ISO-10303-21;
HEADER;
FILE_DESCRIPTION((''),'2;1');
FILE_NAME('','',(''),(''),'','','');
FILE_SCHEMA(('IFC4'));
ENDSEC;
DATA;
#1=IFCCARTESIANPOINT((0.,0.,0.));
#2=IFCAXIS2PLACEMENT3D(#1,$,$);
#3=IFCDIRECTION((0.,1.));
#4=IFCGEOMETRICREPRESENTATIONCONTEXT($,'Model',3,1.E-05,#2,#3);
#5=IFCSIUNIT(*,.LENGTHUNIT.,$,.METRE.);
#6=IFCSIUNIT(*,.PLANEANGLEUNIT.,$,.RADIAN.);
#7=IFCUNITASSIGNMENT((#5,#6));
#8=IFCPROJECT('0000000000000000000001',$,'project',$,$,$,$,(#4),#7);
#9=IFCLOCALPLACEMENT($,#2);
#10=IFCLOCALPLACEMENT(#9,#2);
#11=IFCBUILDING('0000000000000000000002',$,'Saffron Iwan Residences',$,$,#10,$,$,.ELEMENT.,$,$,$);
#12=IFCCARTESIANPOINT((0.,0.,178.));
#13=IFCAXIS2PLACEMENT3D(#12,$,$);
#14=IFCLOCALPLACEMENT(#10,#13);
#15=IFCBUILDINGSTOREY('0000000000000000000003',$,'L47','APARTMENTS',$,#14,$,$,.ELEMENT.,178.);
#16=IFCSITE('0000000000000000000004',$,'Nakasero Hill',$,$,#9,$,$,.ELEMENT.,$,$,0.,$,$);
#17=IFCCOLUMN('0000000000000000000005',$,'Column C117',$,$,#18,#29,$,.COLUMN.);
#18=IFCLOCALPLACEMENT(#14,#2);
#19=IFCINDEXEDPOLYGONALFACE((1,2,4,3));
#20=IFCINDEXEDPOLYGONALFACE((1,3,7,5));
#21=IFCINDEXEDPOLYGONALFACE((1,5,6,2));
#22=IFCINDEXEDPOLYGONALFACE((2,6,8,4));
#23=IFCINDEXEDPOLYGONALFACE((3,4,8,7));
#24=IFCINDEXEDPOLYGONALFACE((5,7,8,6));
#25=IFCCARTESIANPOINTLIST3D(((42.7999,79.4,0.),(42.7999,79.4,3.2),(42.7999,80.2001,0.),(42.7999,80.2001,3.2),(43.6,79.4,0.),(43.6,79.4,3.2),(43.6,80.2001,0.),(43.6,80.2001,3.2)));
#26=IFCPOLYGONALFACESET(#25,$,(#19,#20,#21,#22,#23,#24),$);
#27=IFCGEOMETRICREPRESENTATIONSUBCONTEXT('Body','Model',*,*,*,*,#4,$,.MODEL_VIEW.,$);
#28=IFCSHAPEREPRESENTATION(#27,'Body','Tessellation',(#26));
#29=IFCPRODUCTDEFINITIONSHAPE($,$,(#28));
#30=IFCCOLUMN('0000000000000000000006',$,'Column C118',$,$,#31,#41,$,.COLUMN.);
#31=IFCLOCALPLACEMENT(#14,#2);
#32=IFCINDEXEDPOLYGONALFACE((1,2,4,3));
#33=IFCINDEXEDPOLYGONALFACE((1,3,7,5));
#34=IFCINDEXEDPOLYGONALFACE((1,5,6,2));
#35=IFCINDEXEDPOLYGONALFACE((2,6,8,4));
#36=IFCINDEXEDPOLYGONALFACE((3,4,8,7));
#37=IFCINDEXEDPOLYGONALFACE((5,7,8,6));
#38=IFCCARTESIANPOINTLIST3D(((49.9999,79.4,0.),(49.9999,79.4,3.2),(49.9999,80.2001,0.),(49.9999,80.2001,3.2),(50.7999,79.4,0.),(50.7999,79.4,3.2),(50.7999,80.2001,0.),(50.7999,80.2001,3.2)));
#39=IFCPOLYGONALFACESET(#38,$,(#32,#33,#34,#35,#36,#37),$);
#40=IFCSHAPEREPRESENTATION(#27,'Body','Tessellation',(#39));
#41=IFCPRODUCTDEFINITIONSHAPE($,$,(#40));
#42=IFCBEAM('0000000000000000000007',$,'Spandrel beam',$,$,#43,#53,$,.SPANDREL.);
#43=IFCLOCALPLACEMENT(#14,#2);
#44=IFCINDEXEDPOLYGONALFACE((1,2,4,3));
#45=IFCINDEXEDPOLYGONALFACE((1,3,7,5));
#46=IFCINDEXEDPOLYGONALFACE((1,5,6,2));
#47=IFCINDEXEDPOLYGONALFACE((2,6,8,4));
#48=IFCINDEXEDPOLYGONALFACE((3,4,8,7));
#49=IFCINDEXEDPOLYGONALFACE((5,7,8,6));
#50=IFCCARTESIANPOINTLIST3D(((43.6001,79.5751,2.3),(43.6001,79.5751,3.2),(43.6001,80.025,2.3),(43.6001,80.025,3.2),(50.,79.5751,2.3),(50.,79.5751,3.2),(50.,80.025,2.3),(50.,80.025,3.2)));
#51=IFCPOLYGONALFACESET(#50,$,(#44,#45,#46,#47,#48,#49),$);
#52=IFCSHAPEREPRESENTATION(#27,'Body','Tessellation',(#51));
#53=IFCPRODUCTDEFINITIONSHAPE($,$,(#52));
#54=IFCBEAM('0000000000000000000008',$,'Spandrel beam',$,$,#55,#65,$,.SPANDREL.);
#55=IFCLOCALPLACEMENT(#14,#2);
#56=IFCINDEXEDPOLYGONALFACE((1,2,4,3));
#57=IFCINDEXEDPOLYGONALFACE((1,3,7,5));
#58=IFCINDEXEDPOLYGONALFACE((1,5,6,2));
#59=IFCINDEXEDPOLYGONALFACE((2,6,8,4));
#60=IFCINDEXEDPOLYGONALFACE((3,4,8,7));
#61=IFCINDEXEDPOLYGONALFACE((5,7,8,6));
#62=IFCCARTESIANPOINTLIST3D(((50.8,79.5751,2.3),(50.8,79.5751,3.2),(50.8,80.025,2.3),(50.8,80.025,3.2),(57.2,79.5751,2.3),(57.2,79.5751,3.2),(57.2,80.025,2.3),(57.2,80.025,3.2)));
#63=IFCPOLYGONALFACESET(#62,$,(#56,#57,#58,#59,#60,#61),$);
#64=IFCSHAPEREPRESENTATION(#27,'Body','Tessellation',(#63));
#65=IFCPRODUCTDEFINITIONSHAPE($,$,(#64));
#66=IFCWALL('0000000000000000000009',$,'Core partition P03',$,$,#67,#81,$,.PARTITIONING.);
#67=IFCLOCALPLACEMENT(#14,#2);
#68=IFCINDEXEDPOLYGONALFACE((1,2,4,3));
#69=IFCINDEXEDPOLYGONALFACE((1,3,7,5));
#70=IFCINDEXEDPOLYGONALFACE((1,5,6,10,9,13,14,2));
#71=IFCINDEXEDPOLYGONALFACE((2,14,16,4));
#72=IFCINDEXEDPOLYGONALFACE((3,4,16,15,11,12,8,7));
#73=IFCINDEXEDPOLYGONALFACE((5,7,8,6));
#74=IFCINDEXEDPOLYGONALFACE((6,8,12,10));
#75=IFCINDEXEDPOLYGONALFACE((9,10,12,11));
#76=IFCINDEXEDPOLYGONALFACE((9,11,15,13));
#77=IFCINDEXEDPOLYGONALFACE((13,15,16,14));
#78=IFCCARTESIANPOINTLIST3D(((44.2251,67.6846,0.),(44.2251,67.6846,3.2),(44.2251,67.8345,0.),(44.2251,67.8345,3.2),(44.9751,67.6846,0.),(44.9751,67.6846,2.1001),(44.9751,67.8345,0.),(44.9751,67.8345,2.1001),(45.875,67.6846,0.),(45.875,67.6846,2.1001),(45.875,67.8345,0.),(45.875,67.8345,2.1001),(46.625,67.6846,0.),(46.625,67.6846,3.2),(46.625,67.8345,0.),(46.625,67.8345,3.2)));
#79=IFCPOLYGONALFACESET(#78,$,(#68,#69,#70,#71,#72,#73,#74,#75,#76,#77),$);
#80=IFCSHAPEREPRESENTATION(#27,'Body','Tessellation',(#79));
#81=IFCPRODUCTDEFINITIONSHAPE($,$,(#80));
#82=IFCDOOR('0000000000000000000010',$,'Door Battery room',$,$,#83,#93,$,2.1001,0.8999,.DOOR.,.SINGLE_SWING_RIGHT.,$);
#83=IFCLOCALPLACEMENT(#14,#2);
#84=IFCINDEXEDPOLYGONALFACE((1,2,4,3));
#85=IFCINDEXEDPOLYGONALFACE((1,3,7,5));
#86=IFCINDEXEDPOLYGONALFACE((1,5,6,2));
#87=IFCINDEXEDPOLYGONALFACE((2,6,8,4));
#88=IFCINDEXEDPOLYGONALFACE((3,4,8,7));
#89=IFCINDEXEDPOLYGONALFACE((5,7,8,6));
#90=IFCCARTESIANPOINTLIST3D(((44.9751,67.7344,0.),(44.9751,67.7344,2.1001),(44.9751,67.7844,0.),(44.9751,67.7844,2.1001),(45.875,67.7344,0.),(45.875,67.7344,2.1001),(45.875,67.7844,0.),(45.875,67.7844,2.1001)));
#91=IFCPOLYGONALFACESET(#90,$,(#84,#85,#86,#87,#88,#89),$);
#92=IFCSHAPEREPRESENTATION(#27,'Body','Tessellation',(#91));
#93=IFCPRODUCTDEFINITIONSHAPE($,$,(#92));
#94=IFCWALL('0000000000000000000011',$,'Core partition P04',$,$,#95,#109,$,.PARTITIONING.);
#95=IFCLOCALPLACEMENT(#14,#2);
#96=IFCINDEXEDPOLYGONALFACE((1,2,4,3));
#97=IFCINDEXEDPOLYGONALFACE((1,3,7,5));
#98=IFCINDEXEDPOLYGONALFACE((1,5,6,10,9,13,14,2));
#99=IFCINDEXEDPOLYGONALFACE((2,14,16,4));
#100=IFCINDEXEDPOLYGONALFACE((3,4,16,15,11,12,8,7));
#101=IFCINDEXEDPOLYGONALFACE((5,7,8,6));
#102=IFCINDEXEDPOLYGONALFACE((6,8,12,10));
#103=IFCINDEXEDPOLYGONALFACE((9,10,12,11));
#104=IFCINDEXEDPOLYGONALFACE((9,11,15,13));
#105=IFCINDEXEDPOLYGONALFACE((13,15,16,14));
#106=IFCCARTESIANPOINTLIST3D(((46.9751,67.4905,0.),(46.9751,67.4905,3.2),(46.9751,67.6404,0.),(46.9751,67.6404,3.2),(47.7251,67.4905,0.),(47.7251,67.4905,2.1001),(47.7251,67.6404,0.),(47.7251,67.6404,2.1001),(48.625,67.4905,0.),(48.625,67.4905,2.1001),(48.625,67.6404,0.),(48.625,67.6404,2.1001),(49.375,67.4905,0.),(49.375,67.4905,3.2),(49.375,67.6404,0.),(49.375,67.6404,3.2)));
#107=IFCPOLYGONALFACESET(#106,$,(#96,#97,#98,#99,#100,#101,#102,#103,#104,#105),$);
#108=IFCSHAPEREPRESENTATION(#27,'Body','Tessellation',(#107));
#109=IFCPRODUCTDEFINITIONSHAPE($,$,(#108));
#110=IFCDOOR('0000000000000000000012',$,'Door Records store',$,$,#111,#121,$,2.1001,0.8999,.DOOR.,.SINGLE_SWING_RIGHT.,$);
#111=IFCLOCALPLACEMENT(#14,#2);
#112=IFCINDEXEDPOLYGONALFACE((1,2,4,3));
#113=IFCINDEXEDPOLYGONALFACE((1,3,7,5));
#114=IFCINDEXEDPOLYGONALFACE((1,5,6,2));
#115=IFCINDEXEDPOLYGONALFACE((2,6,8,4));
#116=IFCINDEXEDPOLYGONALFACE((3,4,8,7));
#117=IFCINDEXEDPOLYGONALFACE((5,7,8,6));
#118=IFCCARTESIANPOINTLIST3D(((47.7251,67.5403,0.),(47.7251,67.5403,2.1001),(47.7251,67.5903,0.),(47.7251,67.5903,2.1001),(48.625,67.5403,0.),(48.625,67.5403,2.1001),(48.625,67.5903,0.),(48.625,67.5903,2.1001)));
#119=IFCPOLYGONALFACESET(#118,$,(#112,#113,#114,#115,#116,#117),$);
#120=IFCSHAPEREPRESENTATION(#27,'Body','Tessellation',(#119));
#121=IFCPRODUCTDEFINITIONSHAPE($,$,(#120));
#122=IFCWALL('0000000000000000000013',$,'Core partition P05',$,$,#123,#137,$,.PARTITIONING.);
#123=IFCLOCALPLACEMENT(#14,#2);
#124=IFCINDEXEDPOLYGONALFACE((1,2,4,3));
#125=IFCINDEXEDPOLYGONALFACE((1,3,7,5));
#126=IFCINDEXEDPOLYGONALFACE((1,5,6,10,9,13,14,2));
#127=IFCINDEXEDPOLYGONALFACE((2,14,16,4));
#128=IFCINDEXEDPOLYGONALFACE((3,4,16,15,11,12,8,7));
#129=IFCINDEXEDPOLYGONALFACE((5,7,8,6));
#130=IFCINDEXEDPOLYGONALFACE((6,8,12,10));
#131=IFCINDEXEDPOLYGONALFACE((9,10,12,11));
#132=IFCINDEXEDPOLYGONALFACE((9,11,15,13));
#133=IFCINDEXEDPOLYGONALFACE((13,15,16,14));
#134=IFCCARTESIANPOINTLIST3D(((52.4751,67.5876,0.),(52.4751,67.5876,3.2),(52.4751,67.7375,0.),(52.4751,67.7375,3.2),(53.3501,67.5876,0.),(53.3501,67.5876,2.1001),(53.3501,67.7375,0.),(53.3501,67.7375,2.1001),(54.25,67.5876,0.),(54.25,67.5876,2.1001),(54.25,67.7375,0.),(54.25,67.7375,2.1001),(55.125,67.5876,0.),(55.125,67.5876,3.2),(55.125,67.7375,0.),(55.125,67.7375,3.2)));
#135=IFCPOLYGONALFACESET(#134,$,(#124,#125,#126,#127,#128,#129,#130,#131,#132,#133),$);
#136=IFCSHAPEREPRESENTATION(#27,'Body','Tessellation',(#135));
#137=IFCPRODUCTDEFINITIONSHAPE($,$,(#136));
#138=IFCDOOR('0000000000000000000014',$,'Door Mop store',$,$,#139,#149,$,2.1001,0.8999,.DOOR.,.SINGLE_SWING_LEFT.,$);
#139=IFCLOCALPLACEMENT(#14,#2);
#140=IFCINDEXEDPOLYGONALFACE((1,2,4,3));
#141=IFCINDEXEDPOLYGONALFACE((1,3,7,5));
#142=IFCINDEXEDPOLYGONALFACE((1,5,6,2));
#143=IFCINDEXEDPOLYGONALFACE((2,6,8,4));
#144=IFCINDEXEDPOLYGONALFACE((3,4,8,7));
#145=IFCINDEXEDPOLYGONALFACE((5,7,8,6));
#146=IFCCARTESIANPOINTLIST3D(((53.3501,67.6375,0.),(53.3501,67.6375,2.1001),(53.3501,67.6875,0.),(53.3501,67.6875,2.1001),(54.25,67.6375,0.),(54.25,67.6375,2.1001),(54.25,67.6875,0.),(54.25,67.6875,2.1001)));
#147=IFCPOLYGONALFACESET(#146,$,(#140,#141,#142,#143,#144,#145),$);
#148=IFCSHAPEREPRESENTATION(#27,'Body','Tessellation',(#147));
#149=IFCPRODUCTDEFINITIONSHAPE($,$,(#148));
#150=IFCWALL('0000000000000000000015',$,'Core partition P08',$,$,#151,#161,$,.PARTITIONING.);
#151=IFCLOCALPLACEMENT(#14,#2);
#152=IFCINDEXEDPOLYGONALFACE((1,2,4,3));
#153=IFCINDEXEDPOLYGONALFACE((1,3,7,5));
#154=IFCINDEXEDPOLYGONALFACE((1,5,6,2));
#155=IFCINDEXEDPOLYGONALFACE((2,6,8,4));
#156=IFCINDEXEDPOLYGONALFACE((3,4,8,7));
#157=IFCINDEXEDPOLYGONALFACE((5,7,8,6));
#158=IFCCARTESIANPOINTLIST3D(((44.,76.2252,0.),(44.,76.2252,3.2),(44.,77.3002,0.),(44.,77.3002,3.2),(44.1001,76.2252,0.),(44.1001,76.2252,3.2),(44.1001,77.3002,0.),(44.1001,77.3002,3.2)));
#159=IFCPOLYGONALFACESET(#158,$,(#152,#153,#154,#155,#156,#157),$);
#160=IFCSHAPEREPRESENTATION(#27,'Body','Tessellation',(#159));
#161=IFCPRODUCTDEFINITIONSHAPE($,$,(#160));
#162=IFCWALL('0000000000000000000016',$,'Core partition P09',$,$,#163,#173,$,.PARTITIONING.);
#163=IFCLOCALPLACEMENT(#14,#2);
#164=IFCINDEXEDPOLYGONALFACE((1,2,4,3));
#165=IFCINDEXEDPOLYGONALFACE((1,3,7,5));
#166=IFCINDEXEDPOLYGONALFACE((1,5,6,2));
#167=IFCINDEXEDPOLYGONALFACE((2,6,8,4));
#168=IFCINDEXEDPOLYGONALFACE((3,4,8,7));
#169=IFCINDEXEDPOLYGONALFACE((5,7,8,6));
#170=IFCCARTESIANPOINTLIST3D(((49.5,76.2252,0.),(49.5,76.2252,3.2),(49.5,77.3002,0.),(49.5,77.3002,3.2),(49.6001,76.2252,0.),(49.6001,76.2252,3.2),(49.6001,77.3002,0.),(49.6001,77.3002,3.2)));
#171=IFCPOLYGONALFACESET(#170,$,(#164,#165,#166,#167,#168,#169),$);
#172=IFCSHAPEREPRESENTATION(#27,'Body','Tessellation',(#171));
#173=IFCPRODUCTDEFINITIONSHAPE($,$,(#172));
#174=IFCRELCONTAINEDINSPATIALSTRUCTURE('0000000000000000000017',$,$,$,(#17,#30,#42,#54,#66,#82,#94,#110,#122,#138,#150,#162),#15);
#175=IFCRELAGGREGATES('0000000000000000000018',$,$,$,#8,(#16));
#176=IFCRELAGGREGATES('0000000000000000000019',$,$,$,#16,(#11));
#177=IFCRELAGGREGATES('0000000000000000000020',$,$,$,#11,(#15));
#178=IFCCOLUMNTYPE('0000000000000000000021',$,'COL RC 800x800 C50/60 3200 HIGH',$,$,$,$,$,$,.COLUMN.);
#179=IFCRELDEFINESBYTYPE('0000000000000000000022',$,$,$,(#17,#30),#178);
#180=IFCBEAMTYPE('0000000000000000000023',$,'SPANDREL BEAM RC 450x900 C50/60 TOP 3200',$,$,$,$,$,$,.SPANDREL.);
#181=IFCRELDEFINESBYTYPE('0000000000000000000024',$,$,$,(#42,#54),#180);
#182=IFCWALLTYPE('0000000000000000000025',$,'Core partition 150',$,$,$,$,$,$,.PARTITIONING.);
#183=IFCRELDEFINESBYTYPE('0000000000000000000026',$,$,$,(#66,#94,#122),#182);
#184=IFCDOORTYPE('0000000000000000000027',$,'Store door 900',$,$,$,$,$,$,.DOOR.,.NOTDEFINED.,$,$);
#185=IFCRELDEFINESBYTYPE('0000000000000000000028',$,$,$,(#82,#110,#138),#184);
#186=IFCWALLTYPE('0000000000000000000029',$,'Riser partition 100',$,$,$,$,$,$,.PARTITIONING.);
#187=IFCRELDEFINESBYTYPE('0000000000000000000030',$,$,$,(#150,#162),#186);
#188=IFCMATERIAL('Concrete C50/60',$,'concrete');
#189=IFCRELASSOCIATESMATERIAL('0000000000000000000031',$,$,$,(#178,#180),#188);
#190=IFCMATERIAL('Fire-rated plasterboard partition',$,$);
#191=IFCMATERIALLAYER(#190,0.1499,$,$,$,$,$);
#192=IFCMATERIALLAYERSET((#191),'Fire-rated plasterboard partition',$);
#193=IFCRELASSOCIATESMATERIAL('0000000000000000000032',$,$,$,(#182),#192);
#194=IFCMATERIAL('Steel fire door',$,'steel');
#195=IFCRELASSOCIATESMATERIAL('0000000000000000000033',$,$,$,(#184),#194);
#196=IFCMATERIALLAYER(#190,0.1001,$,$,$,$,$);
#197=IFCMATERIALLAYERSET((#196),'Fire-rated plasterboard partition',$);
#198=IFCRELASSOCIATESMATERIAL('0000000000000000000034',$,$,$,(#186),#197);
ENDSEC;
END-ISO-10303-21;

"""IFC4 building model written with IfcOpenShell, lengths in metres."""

from ifc_helpers import new_model, si_unit, direction, frame, frame_2d, origin, origin_2d, place, context, subcontext, project, spatial, rectangle, extrude, source, transform, mapped, material, layer, layer_set, material_profile, profile_set, type_object, element, fill, save


model = new_model("IFC4")

# Units and contexts
model_context = context("Model", 3, precision=1e-05, world=origin(), true_north=direction((0.0, 1.0)))
body_context = subcontext(model_context, "Body", "Model", "MODEL_VIEW")
ifc_project = project(units=[si_unit("LENGTHUNIT", "METRE"), si_unit("PLANEANGLEUNIT", "RADIAN")], contexts=[model_context])

# Site, building, storey
site_placement = place(None, origin())
site = spatial("IfcSite", under=ifc_project, at=site_placement, Name="Nakasero Hill", CompositionType="ELEMENT", RefElevation=0.0)
building_placement = place(site_placement, origin())
building = spatial("IfcBuilding", under=site, at=building_placement, Name="Saffron Iwan Residences", CompositionType="ELEMENT")
storey_placement = place(building_placement, frame((0.0, 0.0, 178.0)))
storey = spatial("IfcBuildingStorey", under=building, at=storey_placement, Name="L47", Description="APARTMENTS", CompositionType="ELEMENT", Elevation=178.0)

# Columns
ifc_material_1 = material(Name="Concrete C50/60", Category="concrete")
ifc_material_profile_1 = material_profile(ifc_material_1, rectangle(XDim=0.8, YDim=0.8, at=origin_2d()), Name="RC 800x800")
ifc_profile_set_1 = profile_set([ifc_material_profile_1], Name="Concrete C50/60")
column_type = type_object("IfcColumnType", Name="COL RC 800x800 C50/60 3200 HIGH", PredefinedType="COLUMN", material=ifc_profile_set_1)
shared_shape_1 = source(origin(), body_context, "Body", "SweptSolid", [
    extrude(rectangle(XDim=0.8, YDim=0.8, at=origin_2d()), origin(), (0.0, 0.0, 1.0), 3.2),
])
for number, where, z_axis, x_axis, name in (
    (1, (43.2, 79.8, 0.0), (0.0, 0.0, 1.0), (1.0, 0.0, 0.0), "Column C117"),
    (2, (50.3999, 79.8, 0.0), (0.0, 0.0, 1.0), (1.0, 0.0, 0.0), "Column C118"),
):
    element("IfcColumn", number, at=place(storey_placement, frame(where, z_axis=z_axis, x_axis=x_axis)), inside=storey, type_object=column_type, Name=name, PredefinedType="COLUMN", context=body_context, shape_type="MappedRepresentation", body=[
        mapped(shared_shape_1, transform((0.0, 0.0, 0.0))),
    ])

# Beams
ifc_material_profile_2 = material_profile(ifc_material_1, rectangle(XDim=0.45, YDim=0.8999, at=origin_2d()), Name="RC 450x900")
ifc_profile_set_2 = profile_set([ifc_material_profile_2], Name="Concrete C50/60")
beam_type = type_object("IfcBeamType", Name="SPANDREL BEAM RC 450x900 C50/60 TOP 3200", PredefinedType="SPANDREL", material=ifc_profile_set_2)
shared_shape_2 = source(origin(), body_context, "Body", "SweptSolid", [
    extrude(rectangle(XDim=0.45, YDim=0.8999, at=origin_2d()), origin(), (0.0, 0.0, 1.0), 6.3999),
])
for number, where, z_axis, x_axis, name in (
    (3, (43.6001, 79.8, 2.75), (1.0, 0.0, 0.0), (0.0, 1.0, 0.0), "Spandrel beam"),
    (4, (50.8, 79.8, 2.75), (1.0, 0.0, 0.0), (0.0, 1.0, 0.0), "Spandrel beam"),
):
    element("IfcBeam", number, at=place(storey_placement, frame(where, z_axis=z_axis, x_axis=x_axis)), inside=storey, type_object=beam_type, Name=name, PredefinedType="SPANDREL", context=body_context, shape_type="MappedRepresentation", body=[
        mapped(shared_shape_2, transform((0.0, 0.0, 0.0))),
    ])

# Walls, openings, doors
ifc_material_2 = material(Name="Fire-rated plasterboard partition")
ifc_layer_1 = layer(ifc_material_2, 0.1499)
ifc_layer_set_1 = layer_set([ifc_layer_1], Name="Fire-rated plasterboard partition")
wall_type_1 = type_object("IfcWallType", Name="Core partition 150", PredefinedType="PARTITIONING", material=ifc_layer_set_1)
wall_1_placement = place(storey_placement, frame((44.2251, 67.7595, 0.0), z_axis=(0.0, 0.0, 1.0), x_axis=(1.0, 0.0, 0.0)))
wall_1 = element("IfcWall", 5, at=wall_1_placement, inside=storey, type_object=wall_type_1, Name="Core partition P03", PredefinedType="PARTITIONING", context=body_context, shape_type="SweptSolid", body=[
    extrude(rectangle(XDim=2.3999, YDim=0.1499, at=frame_2d((1.2, 0.0))), origin(), (0.0, 0.0, 1.0), 3.2),
])
opening_1_placement = place(wall_1_placement, frame((0.75, 0.0, 0.0)))
opening_1 = element("IfcOpeningElement", 6, at=opening_1_placement, cuts=wall_1, PredefinedType="OPENING", context=body_context, shape_type="SweptSolid", body=[
    extrude(rectangle(XDim=0.8999, YDim=2.1001, at=frame_2d((0.45, 1.05))), frame((0.0, 0.085, 0.0), z_axis=(0.0, -1.0, 0.0), x_axis=(1.0, 0.0, 0.0)), (0.0, 0.0, 1.0), 0.1699),
])
ifc_material_3 = material(Name="Steel fire door", Category="steel")
door_type = type_object("IfcDoorType", Name="Store door 900", OperationType="NOTDEFINED", PredefinedType="DOOR", material=ifc_material_3)
door_1_placement = place(opening_1_placement, origin())
door_1 = element("IfcDoor", 7, at=door_1_placement, inside=storey, type_object=door_type, Name="Door Battery room", OperationType="SINGLE_SWING_RIGHT", OverallHeight=2.1001, OverallWidth=0.8999, PredefinedType="DOOR", context=body_context, shape_type="SweptSolid", body=[
    extrude(rectangle(XDim=0.8999, YDim=2.1001, at=frame_2d((0.45, 1.05))), frame((0.0, 0.0249, 0.0), z_axis=(0.0, -1.0, 0.0), x_axis=(1.0, 0.0, 0.0)), (0.0, 0.0, 1.0), 0.05),
])
fill(opening_1, door_1)
wall_2_placement = place(storey_placement, frame((46.9751, 67.5654, 0.0), z_axis=(0.0, 0.0, 1.0), x_axis=(1.0, 0.0, 0.0)))
wall_2 = element("IfcWall", 8, at=wall_2_placement, inside=storey, type_object=wall_type_1, Name="Core partition P04", PredefinedType="PARTITIONING", context=body_context, shape_type="SweptSolid", body=[
    extrude(rectangle(XDim=2.3999, YDim=0.1499, at=frame_2d((1.2, 0.0))), origin(), (0.0, 0.0, 1.0), 3.2),
])
opening_2_placement = place(wall_2_placement, frame((0.75, 0.0, 0.0)))
opening_2 = element("IfcOpeningElement", 9, at=opening_2_placement, cuts=wall_2, PredefinedType="OPENING", context=body_context, shape_type="SweptSolid", body=[
    extrude(rectangle(XDim=0.8999, YDim=2.1001, at=frame_2d((0.45, 1.05))), frame((0.0, 0.085, 0.0), z_axis=(0.0, -1.0, 0.0), x_axis=(1.0, 0.0, 0.0)), (0.0, 0.0, 1.0), 0.1699),
])
door_2_placement = place(opening_2_placement, origin())
door_2 = element("IfcDoor", 10, at=door_2_placement, inside=storey, type_object=door_type, Name="Door Records store", OperationType="SINGLE_SWING_RIGHT", OverallHeight=2.1001, OverallWidth=0.8999, PredefinedType="DOOR", context=body_context, shape_type="SweptSolid", body=[
    extrude(rectangle(XDim=0.8999, YDim=2.1001, at=frame_2d((0.45, 1.05))), frame((0.0, 0.0249, 0.0), z_axis=(0.0, -1.0, 0.0), x_axis=(1.0, 0.0, 0.0)), (0.0, 0.0, 1.0), 0.05),
])
fill(opening_2, door_2)
wall_3_placement = place(storey_placement, frame((52.4751, 67.6626, 0.0), z_axis=(0.0, 0.0, 1.0), x_axis=(1.0, 0.0, 0.0)))
wall_3 = element("IfcWall", 11, at=wall_3_placement, inside=storey, type_object=wall_type_1, Name="Core partition P05", PredefinedType="PARTITIONING", context=body_context, shape_type="SweptSolid", body=[
    extrude(rectangle(XDim=2.6499, YDim=0.1499, at=frame_2d((1.325, 0.0))), origin(), (0.0, 0.0, 1.0), 3.2),
])
opening_3_placement = place(wall_3_placement, frame((0.875, 0.0, 0.0)))
opening_3 = element("IfcOpeningElement", 12, at=opening_3_placement, cuts=wall_3, PredefinedType="OPENING", context=body_context, shape_type="SweptSolid", body=[
    extrude(rectangle(XDim=0.8999, YDim=2.1001, at=frame_2d((0.45, 1.05))), frame((0.0, 0.085, 0.0), z_axis=(0.0, -1.0, 0.0), x_axis=(1.0, 0.0, 0.0)), (0.0, 0.0, 1.0), 0.1699),
])
door_3_placement = place(opening_3_placement, origin())
door_3 = element("IfcDoor", 13, at=door_3_placement, inside=storey, type_object=door_type, Name="Door Mop store", OperationType="SINGLE_SWING_LEFT", OverallHeight=2.1001, OverallWidth=0.8999, PredefinedType="DOOR", context=body_context, shape_type="SweptSolid", body=[
    extrude(rectangle(XDim=0.8999, YDim=2.1001, at=frame_2d((0.45, 1.05))), frame((0.0, 0.0249, 0.0), z_axis=(0.0, -1.0, 0.0), x_axis=(1.0, 0.0, 0.0)), (0.0, 0.0, 1.0), 0.05),
])
fill(opening_3, door_3)

# Walls
ifc_layer_2 = layer(ifc_material_2, 0.1001)
ifc_layer_set_2 = layer_set([ifc_layer_2], Name="Fire-rated plasterboard partition")
wall_type_2 = type_object("IfcWallType", Name="Riser partition 100", PredefinedType="PARTITIONING", material=ifc_layer_set_2)
for number, where, z_axis, x_axis, name in (
    (14, (44.05, 76.2251, 0.0), (0.0, 0.0, 1.0), (0.0, 1.0, 0.0), "Core partition P08"),
    (15, (49.55, 76.2251, 0.0), (0.0, 0.0, 1.0), (0.0, 1.0, 0.0), "Core partition P09"),
):
    element("IfcWall", number, at=place(storey_placement, frame(where, z_axis=z_axis, x_axis=x_axis)), inside=storey, type_object=wall_type_2, Name=name, PredefinedType="PARTITIONING", context=body_context, shape_type="SweptSolid", body=[
        extrude(rectangle(XDim=1.075, YDim=0.1001, at=frame_2d((0.5376, 0.0))), origin(), (0.0, 0.0, 1.0), 3.2),
    ])

save(model, "model.ifc")
